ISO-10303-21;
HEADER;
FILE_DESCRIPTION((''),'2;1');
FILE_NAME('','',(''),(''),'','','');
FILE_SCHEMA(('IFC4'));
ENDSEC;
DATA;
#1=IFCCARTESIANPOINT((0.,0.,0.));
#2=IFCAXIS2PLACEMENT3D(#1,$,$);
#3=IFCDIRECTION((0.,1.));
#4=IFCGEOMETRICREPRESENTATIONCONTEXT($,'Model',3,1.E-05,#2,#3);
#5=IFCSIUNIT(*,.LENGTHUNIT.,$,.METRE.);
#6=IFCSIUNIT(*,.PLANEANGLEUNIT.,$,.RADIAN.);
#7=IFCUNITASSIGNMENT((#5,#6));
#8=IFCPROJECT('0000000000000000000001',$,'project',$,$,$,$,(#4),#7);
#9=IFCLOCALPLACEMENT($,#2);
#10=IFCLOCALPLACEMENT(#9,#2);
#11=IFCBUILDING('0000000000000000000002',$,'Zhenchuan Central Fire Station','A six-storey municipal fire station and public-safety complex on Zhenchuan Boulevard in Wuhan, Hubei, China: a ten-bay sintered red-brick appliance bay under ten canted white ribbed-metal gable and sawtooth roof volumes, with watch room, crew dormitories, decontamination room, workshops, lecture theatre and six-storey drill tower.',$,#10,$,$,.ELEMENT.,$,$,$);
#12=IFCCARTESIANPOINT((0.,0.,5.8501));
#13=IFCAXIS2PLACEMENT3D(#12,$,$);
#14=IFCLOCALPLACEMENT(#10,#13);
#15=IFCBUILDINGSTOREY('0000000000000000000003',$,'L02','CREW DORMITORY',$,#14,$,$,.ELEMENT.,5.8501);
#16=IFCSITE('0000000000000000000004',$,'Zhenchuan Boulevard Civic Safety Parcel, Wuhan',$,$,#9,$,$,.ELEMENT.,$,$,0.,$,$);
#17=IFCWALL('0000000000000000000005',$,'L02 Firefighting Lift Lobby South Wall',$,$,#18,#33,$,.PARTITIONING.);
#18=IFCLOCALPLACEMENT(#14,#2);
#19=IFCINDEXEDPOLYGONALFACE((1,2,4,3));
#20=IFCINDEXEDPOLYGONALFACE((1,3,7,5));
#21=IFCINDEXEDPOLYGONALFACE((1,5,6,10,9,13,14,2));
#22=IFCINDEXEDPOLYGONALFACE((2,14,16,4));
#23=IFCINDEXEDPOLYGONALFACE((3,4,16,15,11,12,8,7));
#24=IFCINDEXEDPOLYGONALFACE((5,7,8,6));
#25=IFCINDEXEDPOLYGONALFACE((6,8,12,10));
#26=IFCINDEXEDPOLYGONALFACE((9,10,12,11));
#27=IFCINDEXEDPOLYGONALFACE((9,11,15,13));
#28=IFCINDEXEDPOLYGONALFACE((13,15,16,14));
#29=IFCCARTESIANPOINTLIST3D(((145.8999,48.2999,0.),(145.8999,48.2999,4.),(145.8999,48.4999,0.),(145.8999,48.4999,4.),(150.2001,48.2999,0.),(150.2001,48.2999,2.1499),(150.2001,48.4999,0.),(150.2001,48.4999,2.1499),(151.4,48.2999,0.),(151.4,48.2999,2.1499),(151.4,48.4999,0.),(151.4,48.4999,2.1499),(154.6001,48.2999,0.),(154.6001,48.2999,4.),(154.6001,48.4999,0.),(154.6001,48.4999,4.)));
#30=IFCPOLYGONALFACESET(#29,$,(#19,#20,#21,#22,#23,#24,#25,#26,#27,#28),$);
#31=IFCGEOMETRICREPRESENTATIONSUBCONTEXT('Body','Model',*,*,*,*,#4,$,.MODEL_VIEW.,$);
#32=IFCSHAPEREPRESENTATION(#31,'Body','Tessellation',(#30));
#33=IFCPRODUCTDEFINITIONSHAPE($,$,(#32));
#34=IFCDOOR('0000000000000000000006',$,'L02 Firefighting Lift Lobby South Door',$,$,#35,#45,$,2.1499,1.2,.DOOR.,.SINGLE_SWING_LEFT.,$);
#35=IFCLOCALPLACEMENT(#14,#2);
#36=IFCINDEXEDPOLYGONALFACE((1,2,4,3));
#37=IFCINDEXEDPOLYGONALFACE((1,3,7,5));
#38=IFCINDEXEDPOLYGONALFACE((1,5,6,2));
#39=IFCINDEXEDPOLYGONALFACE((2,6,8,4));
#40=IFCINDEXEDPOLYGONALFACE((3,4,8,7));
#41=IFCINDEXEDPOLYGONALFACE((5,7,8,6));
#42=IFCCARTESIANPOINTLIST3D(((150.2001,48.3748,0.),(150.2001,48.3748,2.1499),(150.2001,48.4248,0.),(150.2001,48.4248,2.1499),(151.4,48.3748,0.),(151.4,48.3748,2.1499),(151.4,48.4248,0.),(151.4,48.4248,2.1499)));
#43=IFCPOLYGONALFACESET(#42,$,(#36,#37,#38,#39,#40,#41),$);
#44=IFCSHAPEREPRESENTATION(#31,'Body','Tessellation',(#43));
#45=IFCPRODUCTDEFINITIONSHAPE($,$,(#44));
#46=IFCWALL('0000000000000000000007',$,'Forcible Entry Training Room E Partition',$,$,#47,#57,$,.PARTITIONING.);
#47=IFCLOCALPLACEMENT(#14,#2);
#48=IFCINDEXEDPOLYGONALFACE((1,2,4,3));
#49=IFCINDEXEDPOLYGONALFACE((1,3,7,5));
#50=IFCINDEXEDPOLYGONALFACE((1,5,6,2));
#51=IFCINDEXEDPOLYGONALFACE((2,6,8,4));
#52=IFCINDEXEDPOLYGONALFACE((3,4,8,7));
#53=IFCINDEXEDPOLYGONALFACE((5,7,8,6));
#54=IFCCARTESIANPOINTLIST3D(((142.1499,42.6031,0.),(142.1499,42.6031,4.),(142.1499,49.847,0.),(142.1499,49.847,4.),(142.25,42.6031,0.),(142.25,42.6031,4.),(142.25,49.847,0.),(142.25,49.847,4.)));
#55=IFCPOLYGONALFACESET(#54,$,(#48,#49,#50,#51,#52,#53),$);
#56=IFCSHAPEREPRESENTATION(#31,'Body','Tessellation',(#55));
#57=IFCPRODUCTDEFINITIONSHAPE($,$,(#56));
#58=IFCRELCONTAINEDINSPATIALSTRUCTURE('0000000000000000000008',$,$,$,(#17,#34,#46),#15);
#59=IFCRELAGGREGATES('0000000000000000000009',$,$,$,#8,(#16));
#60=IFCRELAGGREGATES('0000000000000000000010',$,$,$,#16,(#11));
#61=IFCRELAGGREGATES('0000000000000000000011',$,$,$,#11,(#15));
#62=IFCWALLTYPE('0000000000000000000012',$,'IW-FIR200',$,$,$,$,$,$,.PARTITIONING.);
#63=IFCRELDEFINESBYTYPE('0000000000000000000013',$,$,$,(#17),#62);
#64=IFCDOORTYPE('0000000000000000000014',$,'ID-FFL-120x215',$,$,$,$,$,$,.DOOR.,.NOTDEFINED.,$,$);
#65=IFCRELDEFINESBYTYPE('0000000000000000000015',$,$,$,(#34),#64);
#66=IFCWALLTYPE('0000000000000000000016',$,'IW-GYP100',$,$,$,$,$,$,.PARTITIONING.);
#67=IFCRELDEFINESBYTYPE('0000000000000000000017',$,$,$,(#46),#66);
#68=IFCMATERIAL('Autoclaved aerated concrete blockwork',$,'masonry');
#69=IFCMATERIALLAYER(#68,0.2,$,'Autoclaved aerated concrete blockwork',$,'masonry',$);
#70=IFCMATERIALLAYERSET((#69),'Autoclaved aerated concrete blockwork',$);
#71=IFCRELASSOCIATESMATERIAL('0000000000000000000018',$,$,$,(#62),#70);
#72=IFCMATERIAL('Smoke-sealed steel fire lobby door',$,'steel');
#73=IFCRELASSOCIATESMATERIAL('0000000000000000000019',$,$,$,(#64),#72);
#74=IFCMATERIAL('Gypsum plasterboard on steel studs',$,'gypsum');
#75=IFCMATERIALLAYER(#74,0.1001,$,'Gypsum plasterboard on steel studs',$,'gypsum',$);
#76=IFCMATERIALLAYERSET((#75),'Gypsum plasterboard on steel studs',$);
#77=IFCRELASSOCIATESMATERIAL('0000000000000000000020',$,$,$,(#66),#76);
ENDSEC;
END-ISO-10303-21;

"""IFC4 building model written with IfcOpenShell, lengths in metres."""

from ifc_helpers import new_model, si_unit, direction, frame, frame_2d, origin, place, context, subcontext, project, spatial, rectangle, extrude, material, layer, layer_set, type_object, element, fill, save


model = new_model("IFC4")

# Units and contexts
model_context = context("Model", 3, precision=1e-05, world=origin(), true_north=direction((0.0, 1.0)))
body_context = subcontext(model_context, "Body", "Model", "MODEL_VIEW")
ifc_project = project(units=[si_unit("LENGTHUNIT", "METRE"), si_unit("PLANEANGLEUNIT", "RADIAN")], contexts=[model_context])

# Site, building, storey
site_placement = place(None, origin())
site = spatial("IfcSite", under=ifc_project, at=site_placement, Name="Zhenchuan Boulevard Civic Safety Parcel, Wuhan", CompositionType="ELEMENT", RefElevation=0.0)
building_placement = place(site_placement, origin())
building = spatial("IfcBuilding", under=site, at=building_placement, Name="Zhenchuan Central Fire Station", Description="A six-storey municipal fire station and public-safety complex on Zhenchuan Boulevard in Wuhan, Hubei, China: a ten-bay sintered red-brick appliance bay under ten canted white ribbed-metal gable and sawtooth roof volumes, with watch room, crew dormitories, decontamination room, workshops, lecture theatre and six-storey drill tower.", CompositionType="ELEMENT")
storey_placement = place(building_placement, frame((0.0, 0.0, 5.8501)))
storey = spatial("IfcBuildingStorey", under=building, at=storey_placement, Name="L02", Description="CREW DORMITORY", CompositionType="ELEMENT", Elevation=5.8501)

# Shared definitions
ifc_material_1 = material(Name="Autoclaved aerated concrete blockwork", Category="masonry")
ifc_layer_1 = layer(ifc_material_1, 0.2, Name="Autoclaved aerated concrete blockwork", Category="masonry")
ifc_layer_set_1 = layer_set([ifc_layer_1], Name="Autoclaved aerated concrete blockwork")
wall_type_1 = type_object("IfcWallType", Name="IW-FIR200", PredefinedType="PARTITIONING", material=ifc_layer_set_1)
ifc_material_2 = material(Name="Smoke-sealed steel fire lobby door", Category="steel")
door_type = type_object("IfcDoorType", Name="ID-FFL-120x215", OperationType="NOTDEFINED", PredefinedType="DOOR", material=ifc_material_2)

# Wall, opening, door
wall_1_placement = place(storey_placement, frame((145.8999, 48.3999, 0.0), z_axis=(0.0, 0.0, 1.0), x_axis=(1.0, 0.0, 0.0)))
wall_1 = element("IfcWall", 1, at=wall_1_placement, inside=storey, type_object=wall_type_1, Name="L02 Firefighting Lift Lobby South Wall", PredefinedType="PARTITIONING", context=body_context, shape_type="SweptSolid", body=[
    extrude(rectangle(XDim=8.7002, YDim=0.2, at=frame_2d((4.3501, 0.0))), origin(), (0.0, 0.0, 1.0), 4.0),
])
opening_1_placement = place(wall_1_placement, frame((4.3, 0.0, 0.0)))
opening_1 = element("IfcOpeningElement", 2, at=opening_1_placement, cuts=wall_1, PredefinedType="OPENING", context=body_context, shape_type="SweptSolid", body=[
    extrude(rectangle(XDim=1.2, YDim=2.1499, at=frame_2d((0.6001, 1.075))), frame((0.0, 0.1099, 0.0), z_axis=(0.0, -1.0, 0.0), x_axis=(1.0, 0.0, 0.0)), (0.0, 0.0, 1.0), 0.22),
])
door_1_placement = place(opening_1_placement, origin())
door_1 = element("IfcDoor", 3, at=door_1_placement, inside=storey, type_object=door_type, Name="L02 Firefighting Lift Lobby South Door", OperationType="SINGLE_SWING_LEFT", OverallHeight=2.1499, OverallWidth=1.2, PredefinedType="DOOR", context=body_context, shape_type="SweptSolid", body=[
    extrude(rectangle(XDim=1.2, YDim=2.1499, at=frame_2d((0.6001, 1.075))), frame((0.0, 0.0249, 0.0), z_axis=(0.0, -1.0, 0.0), x_axis=(1.0, 0.0, 0.0)), (0.0, 0.0, 1.0), 0.05),
])
fill(opening_1, door_1)

# Wall
ifc_material_3 = material(Name="Gypsum plasterboard on steel studs", Category="gypsum")
ifc_layer_2 = layer(ifc_material_3, 0.1001, Name="Gypsum plasterboard on steel studs", Category="gypsum")
ifc_layer_set_2 = layer_set([ifc_layer_2], Name="Gypsum plasterboard on steel studs")
wall_type_2 = type_object("IfcWallType", Name="IW-GYP100", PredefinedType="PARTITIONING", material=ifc_layer_set_2)
wall_2_placement = place(storey_placement, frame((142.2, 42.603, 0.0), z_axis=(0.0, 0.0, 1.0), x_axis=(0.0, 1.0, 0.0)))
element("IfcWall", 4, at=wall_2_placement, inside=storey, type_object=wall_type_2, Name="Forcible Entry Training Room E Partition", PredefinedType="PARTITIONING", context=body_context, shape_type="SweptSolid", body=[
    extrude(rectangle(XDim=7.2439, YDim=0.1001, at=frame_2d((3.6221, 0.0))), origin(), (0.0, 0.0, 1.0), 4.0),
])

save(model, "model.ifc")
